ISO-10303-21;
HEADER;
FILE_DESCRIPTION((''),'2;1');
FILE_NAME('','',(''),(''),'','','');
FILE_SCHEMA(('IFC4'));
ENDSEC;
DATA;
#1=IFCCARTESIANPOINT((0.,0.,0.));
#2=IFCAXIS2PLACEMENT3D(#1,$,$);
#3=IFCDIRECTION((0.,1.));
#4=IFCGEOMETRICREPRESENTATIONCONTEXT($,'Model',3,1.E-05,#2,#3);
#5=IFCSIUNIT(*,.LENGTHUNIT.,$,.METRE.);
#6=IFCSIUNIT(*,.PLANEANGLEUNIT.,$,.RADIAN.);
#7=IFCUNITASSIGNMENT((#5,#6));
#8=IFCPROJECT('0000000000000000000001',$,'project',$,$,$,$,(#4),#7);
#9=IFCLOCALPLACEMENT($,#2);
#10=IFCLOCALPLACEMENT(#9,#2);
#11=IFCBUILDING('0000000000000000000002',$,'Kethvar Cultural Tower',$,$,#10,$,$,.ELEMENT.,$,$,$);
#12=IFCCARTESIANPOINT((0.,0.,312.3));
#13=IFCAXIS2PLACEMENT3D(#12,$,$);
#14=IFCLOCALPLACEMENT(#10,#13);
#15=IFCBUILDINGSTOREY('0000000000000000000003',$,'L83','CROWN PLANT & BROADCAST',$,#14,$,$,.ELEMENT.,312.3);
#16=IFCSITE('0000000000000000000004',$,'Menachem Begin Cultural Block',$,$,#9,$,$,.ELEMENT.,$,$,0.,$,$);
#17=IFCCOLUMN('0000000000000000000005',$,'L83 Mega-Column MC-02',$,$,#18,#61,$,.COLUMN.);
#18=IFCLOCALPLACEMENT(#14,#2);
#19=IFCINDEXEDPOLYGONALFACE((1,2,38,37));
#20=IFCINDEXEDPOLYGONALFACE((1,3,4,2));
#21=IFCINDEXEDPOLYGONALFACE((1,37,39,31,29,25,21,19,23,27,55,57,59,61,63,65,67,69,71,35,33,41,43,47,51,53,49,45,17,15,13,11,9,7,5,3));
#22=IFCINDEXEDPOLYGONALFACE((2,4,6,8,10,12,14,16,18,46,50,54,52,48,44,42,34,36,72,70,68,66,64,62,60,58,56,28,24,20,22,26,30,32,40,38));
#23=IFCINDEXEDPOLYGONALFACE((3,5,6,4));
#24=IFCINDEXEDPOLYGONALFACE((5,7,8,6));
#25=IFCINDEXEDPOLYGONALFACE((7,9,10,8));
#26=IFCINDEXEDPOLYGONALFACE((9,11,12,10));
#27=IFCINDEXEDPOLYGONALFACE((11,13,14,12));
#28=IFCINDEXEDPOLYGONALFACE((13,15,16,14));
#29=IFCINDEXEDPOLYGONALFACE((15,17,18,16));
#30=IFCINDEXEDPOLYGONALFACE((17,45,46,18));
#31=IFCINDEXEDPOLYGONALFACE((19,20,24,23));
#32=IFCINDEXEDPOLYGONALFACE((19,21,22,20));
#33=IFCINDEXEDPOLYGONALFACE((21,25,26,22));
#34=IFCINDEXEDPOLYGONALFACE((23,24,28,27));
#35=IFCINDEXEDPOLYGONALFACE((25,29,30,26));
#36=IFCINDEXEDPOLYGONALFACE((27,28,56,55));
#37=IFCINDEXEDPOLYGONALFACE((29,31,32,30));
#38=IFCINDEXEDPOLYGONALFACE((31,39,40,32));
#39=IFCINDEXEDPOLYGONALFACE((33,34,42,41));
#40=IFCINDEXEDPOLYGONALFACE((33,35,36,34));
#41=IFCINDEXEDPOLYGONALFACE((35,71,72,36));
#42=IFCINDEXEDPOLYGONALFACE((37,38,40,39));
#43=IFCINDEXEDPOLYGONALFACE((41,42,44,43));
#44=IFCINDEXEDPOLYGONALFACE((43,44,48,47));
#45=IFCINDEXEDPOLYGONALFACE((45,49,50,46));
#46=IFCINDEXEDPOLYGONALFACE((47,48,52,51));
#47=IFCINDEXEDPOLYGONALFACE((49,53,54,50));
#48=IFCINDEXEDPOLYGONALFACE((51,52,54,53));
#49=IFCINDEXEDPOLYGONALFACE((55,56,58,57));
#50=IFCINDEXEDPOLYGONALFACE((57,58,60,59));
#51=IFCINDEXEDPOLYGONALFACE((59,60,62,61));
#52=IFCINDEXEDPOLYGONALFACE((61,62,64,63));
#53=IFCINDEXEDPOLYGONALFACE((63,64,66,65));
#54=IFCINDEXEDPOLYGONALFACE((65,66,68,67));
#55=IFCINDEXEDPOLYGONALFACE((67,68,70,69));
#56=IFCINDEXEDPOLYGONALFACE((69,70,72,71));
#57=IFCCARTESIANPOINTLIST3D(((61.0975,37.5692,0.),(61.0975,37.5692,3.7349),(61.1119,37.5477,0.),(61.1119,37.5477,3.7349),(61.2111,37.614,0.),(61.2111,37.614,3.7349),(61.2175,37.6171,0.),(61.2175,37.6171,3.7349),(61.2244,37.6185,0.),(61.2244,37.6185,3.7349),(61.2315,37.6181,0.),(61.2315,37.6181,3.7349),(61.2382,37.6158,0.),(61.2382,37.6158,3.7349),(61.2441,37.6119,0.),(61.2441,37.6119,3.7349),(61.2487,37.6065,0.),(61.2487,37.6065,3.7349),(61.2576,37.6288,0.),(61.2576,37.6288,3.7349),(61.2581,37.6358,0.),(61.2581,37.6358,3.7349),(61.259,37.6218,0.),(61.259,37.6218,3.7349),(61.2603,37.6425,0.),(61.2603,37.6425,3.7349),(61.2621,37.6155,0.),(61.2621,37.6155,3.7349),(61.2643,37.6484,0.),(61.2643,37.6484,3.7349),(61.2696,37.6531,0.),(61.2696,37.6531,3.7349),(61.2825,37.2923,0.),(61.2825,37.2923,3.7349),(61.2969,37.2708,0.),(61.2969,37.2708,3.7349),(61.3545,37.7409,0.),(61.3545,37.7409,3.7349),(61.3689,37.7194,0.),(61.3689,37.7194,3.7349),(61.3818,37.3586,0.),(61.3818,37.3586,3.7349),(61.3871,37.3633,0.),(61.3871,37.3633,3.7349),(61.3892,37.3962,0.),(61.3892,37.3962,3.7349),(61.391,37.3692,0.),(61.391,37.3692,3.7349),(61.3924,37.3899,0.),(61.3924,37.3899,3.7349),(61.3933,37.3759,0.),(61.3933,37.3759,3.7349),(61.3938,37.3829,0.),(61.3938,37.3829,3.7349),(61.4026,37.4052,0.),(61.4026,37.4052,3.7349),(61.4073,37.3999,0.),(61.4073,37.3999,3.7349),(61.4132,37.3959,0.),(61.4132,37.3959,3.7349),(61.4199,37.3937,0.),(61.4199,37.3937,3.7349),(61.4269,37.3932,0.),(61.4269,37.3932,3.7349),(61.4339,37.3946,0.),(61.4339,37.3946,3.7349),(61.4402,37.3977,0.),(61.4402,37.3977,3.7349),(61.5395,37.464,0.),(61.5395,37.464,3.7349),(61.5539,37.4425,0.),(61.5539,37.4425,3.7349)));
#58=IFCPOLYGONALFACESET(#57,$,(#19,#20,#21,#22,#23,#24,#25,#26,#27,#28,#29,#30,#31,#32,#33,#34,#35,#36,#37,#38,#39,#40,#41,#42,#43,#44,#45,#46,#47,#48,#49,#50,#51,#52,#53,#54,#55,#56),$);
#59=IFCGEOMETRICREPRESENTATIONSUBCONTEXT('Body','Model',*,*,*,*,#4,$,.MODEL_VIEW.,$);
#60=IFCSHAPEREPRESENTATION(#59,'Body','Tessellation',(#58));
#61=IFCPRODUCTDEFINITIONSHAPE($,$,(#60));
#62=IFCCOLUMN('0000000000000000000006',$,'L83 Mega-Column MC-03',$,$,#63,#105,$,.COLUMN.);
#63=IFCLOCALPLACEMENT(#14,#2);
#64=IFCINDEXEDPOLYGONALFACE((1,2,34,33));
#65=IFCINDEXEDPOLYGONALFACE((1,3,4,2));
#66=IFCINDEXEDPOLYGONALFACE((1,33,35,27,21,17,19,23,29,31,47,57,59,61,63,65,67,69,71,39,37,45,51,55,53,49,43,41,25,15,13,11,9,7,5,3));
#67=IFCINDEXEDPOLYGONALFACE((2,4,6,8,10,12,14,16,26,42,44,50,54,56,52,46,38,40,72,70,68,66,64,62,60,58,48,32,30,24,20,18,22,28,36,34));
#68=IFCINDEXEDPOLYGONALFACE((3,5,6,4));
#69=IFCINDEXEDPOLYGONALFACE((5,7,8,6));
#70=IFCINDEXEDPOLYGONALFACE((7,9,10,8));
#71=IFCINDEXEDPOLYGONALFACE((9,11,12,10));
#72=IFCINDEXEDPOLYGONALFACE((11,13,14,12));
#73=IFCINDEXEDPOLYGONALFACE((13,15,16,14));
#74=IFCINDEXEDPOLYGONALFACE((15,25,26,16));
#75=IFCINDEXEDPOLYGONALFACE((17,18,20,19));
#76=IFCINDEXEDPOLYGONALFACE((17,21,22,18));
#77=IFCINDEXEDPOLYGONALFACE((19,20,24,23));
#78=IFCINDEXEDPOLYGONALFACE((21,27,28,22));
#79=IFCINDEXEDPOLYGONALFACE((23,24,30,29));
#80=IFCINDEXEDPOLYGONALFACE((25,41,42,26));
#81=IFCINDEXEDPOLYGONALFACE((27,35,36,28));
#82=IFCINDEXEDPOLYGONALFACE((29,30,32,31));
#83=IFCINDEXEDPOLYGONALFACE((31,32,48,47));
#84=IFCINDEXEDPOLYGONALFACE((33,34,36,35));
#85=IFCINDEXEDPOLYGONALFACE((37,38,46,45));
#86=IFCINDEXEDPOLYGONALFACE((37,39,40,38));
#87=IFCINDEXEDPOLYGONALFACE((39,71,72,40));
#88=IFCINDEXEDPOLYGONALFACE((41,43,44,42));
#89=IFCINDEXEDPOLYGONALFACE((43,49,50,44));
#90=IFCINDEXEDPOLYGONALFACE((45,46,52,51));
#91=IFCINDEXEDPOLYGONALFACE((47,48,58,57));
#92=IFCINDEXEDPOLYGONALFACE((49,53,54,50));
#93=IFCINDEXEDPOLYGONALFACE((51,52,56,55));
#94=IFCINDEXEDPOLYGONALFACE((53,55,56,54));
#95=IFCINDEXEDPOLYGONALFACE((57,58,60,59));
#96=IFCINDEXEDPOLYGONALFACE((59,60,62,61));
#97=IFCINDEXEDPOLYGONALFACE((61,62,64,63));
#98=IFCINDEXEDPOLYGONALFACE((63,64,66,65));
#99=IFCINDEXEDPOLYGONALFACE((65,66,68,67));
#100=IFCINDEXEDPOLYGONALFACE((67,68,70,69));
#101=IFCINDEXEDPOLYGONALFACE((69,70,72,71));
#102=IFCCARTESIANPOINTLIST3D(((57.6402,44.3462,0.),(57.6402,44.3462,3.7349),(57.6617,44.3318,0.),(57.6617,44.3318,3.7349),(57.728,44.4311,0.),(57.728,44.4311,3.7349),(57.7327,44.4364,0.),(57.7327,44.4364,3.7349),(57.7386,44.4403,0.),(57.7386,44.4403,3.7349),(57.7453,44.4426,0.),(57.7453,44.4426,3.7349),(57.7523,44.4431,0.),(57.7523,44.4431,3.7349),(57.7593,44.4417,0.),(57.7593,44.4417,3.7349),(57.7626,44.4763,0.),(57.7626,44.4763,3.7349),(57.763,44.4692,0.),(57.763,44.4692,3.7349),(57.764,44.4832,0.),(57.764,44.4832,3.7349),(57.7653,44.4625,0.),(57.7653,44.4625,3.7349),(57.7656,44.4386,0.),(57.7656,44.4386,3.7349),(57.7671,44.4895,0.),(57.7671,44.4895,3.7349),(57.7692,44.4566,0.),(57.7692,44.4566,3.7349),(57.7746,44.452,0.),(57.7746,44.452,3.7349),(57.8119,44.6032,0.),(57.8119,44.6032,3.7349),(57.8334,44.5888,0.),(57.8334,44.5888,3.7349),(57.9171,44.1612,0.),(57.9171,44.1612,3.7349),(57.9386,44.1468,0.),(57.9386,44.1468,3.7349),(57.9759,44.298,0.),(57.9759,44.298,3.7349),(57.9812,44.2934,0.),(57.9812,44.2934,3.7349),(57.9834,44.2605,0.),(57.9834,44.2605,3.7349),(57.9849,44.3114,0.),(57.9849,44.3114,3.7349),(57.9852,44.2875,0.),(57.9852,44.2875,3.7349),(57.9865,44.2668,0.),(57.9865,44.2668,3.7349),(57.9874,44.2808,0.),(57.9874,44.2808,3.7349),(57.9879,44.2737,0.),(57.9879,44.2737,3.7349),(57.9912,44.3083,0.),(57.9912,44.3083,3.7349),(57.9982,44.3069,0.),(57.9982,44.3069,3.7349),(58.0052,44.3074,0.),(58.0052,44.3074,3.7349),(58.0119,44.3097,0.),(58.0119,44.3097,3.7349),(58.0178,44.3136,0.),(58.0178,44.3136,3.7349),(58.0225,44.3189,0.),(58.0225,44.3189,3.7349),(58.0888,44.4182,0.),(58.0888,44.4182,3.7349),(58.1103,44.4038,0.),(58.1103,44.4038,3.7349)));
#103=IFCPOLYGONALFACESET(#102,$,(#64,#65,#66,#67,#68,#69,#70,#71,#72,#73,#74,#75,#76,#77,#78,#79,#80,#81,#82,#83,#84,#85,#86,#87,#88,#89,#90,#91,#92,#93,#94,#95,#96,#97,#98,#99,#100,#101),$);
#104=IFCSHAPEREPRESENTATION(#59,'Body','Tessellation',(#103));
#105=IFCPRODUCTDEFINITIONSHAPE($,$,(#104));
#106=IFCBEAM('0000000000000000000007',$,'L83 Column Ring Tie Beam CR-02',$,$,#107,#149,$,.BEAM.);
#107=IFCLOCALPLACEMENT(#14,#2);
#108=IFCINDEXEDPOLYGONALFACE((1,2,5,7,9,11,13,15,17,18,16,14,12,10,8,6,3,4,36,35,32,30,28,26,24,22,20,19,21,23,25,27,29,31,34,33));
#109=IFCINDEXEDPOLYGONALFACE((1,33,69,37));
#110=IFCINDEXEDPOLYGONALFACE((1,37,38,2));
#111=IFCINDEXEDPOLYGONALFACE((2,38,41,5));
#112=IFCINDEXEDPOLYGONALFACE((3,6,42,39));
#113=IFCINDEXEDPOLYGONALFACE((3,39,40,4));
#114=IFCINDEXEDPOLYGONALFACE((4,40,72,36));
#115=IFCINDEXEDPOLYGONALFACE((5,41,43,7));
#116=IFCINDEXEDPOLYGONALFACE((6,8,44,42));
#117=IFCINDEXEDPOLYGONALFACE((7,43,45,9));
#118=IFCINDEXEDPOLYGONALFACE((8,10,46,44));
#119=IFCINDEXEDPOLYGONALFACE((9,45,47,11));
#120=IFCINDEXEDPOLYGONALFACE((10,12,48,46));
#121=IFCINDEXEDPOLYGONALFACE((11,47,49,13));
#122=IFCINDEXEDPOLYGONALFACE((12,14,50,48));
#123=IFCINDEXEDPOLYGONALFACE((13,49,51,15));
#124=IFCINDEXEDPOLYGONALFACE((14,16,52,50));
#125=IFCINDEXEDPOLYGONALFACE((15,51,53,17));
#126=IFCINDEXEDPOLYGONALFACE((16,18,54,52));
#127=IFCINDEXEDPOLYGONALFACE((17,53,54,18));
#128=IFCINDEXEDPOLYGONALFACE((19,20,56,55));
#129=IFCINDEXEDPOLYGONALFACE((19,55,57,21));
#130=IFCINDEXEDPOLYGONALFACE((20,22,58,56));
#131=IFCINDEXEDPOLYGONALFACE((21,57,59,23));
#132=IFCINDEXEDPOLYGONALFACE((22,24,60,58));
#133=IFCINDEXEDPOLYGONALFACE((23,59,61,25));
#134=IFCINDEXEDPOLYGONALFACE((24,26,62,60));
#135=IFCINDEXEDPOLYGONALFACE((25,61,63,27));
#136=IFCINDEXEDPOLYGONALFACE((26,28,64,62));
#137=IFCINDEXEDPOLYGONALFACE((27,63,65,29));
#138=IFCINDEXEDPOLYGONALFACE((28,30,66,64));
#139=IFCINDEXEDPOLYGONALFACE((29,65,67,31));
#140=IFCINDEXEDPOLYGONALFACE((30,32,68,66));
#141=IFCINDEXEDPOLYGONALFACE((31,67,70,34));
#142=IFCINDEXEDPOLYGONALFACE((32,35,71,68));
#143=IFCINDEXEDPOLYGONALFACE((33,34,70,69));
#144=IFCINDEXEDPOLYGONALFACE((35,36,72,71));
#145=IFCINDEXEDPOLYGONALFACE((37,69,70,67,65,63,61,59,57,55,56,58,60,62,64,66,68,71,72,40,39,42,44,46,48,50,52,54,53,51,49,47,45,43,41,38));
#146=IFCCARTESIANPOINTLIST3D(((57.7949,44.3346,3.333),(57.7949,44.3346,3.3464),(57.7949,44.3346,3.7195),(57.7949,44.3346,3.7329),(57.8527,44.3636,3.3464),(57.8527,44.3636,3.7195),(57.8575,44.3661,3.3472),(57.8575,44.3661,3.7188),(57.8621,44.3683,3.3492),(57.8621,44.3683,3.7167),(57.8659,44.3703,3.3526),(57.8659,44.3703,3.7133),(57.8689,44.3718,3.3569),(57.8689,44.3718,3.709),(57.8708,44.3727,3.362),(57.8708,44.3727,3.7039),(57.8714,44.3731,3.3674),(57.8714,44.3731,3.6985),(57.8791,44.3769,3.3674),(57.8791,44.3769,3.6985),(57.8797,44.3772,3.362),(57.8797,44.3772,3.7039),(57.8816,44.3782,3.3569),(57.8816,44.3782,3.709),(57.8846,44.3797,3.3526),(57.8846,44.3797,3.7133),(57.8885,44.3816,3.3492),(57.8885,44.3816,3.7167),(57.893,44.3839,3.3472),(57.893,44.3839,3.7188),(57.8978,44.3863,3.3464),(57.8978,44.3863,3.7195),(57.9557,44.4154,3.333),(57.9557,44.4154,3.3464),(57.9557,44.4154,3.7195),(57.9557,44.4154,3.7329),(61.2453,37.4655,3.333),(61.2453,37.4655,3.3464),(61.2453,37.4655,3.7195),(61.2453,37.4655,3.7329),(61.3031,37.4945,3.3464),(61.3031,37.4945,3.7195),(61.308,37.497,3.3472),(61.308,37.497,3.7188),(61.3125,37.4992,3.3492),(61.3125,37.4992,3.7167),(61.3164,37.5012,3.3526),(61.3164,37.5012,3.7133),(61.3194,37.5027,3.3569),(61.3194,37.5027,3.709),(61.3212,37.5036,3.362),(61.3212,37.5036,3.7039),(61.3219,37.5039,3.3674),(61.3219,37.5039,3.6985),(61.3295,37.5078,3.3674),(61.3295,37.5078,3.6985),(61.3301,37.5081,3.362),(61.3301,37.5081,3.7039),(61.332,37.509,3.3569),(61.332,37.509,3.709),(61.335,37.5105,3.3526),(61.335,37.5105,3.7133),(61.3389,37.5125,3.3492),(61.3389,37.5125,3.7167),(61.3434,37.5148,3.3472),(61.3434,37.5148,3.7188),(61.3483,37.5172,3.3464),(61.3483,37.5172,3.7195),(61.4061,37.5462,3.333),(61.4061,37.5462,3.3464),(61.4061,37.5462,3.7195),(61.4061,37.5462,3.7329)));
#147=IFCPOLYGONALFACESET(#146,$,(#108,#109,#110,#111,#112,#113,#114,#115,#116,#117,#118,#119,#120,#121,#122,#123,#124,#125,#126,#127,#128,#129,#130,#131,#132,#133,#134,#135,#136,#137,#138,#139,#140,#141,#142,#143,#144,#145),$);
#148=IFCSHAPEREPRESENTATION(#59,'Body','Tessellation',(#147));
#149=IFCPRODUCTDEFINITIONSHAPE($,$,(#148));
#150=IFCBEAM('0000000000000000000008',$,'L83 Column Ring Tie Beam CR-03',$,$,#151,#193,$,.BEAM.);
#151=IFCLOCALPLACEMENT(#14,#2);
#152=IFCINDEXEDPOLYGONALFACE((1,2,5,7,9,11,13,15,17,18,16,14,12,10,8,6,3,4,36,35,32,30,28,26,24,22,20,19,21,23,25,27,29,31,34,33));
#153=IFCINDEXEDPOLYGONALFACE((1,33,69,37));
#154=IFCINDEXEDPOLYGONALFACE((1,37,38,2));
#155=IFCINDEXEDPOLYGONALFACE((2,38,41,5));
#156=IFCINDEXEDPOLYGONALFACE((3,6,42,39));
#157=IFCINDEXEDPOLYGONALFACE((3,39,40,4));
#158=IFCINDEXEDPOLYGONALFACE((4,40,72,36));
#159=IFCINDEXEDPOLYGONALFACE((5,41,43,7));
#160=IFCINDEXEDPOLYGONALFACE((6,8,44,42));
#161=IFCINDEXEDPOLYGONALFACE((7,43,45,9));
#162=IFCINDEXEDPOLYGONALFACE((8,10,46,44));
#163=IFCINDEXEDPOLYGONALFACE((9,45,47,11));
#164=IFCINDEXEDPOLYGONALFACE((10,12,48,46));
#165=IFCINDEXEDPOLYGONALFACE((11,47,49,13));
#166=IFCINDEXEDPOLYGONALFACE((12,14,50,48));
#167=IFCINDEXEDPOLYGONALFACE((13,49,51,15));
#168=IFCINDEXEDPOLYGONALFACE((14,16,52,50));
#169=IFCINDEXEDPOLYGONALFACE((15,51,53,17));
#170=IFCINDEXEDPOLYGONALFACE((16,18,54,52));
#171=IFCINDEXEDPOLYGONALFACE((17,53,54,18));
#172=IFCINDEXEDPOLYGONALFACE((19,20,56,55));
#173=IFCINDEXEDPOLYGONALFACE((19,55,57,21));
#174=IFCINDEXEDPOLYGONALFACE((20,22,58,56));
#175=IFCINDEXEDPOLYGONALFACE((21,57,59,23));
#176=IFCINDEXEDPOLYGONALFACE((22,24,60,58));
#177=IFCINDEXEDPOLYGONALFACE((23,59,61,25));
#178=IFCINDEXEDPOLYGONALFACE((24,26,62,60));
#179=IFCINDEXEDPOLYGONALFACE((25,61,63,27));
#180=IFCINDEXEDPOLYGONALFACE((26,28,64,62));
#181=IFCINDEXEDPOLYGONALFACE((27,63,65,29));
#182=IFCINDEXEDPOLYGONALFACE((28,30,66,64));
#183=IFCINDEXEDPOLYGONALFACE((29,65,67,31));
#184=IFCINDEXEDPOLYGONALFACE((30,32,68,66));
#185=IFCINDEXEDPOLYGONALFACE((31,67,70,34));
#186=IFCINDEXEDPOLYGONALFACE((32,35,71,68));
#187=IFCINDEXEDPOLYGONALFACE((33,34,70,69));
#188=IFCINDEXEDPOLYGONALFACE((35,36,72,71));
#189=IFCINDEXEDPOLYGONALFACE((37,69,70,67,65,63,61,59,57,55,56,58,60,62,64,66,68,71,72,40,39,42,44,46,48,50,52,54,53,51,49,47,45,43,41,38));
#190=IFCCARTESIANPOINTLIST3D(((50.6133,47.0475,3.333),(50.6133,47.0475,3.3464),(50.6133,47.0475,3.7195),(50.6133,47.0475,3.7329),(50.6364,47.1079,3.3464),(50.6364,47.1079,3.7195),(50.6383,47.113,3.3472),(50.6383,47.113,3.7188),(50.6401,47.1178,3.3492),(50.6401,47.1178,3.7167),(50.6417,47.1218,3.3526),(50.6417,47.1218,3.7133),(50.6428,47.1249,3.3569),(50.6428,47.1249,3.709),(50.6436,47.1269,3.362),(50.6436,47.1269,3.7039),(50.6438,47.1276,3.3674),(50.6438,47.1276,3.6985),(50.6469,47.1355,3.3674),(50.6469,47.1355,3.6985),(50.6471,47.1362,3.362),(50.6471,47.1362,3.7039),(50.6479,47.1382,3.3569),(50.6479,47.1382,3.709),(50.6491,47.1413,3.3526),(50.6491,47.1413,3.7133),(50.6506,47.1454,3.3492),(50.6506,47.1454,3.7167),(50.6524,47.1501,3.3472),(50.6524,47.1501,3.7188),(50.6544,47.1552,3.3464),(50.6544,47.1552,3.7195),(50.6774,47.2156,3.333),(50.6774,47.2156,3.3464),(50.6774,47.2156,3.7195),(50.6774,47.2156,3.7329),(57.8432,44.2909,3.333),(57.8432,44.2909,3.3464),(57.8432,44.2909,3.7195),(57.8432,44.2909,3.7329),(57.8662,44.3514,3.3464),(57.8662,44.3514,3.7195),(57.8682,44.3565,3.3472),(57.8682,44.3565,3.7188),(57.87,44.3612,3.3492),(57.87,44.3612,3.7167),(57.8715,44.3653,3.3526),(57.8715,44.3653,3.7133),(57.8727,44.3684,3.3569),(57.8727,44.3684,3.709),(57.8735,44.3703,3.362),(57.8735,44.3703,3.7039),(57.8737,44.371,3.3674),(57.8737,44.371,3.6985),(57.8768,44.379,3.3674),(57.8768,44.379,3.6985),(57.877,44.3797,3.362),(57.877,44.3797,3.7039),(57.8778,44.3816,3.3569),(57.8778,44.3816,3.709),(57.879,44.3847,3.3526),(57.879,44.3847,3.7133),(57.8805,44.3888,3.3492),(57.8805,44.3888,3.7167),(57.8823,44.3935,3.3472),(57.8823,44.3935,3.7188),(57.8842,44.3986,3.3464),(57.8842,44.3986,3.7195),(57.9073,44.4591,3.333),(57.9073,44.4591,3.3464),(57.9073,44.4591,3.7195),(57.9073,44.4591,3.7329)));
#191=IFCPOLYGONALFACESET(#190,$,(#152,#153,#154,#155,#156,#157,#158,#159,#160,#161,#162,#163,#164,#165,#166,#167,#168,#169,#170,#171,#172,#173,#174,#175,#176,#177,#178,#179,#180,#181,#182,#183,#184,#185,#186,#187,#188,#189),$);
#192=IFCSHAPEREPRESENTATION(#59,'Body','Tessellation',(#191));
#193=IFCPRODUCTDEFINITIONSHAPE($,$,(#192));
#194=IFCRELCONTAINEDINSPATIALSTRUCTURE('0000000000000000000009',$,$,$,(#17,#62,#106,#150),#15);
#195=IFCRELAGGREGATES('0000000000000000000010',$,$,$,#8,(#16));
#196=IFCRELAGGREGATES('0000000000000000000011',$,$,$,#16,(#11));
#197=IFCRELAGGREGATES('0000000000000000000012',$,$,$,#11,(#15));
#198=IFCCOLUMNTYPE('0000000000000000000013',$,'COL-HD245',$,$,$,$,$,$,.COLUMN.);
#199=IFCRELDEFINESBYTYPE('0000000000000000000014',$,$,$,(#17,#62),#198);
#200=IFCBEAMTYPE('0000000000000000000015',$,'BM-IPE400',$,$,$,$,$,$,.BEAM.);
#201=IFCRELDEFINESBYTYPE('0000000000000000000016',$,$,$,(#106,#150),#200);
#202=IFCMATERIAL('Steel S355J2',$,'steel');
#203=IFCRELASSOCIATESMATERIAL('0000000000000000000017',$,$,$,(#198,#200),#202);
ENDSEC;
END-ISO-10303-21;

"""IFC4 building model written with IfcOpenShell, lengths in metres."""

from ifc_helpers import new_model, si_unit, direction, frame, origin, origin_2d, place, context, subcontext, project, spatial, i_section, extrude, source, transform, mapped, material, material_profile, profile_set, type_object, element, save


model = new_model("IFC4")

# Units and contexts
model_context = context("Model", 3, precision=1e-05, world=origin(), true_north=direction((0.0, 1.0)))
body_context = subcontext(model_context, "Body", "Model", "MODEL_VIEW")
ifc_project = project(units=[si_unit("LENGTHUNIT", "METRE"), si_unit("PLANEANGLEUNIT", "RADIAN")], contexts=[model_context])

# Site, building, storey
site_placement = place(None, origin())
site = spatial("IfcSite", under=ifc_project, at=site_placement, Name="Menachem Begin Cultural Block", CompositionType="ELEMENT", RefElevation=0.0)
building_placement = place(site_placement, origin())
building = spatial("IfcBuilding", under=site, at=building_placement, Name="Kethvar Cultural Tower", CompositionType="ELEMENT")
storey_placement = place(building_placement, frame((0.0, 0.0, 312.3)))
storey = spatial("IfcBuildingStorey", under=building, at=storey_placement, Name="L83", Description="CROWN PLANT & BROADCAST", CompositionType="ELEMENT", Elevation=312.3)

# Columns
ifc_material_1 = material(Name="Steel S355J2", Category="steel")
ifc_material_profile_1 = material_profile(ifc_material_1, i_section(OverallWidth=0.3091, OverallDepth=0.3589, WebThickness=0.0161, FlangeThickness=0.0259, FilletRadius=0.0271, at=origin_2d()), Name="Steel S355J2 — HD320x245")
ifc_profile_set_1 = profile_set([ifc_material_profile_1], Name="Steel S355J2 — HD320x245")
column_type = type_object("IfcColumnType", Name="COL-HD245", PredefinedType="COLUMN", material=ifc_profile_set_1)
shared_shape_1 = source(origin(), body_context, "Body", "SweptSolid", [
    extrude(i_section(OverallWidth=0.3091, OverallDepth=0.3589, WebThickness=0.0161, FlangeThickness=0.0259, FilletRadius=0.0271, at=origin_2d()), origin(), (0.0, 0.0, 1.0), 3.7349),
])
for number, where, z_axis, x_axis, name in (
    (1, (61.3257, 37.5059, 0.0), (0.0, 0.0, 1.0), (0.83147, 0.55557, 0.0), "L83 Mega-Column MC-02"),
    (2, (57.8752, 44.375, 0.0), (0.0, 0.0, 1.0), (0.55557, 0.83147, 0.0), "L83 Mega-Column MC-03"),
):
    element("IfcColumn", number, at=place(storey_placement, frame(where, z_axis=z_axis, x_axis=x_axis)), inside=storey, type_object=column_type, Name=name, PredefinedType="COLUMN", context=body_context, shape_type="MappedRepresentation", body=[
        mapped(shared_shape_1, transform((0.0, 0.0, 0.0), scale=1.0)),
    ])

# Beams
ifc_material_profile_2 = material_profile(ifc_material_1, i_section(OverallWidth=0.1799, OverallDepth=0.3999, WebThickness=0.0085, FlangeThickness=0.0134, FilletRadius=0.021, at=origin_2d()), Name="Steel S355J2 — IPE400")
ifc_profile_set_2 = profile_set([ifc_material_profile_2], Name="Steel S355J2 — IPE400")
beam_type_1 = type_object("IfcBeamType", Name="BM-IPE400", PredefinedType="BEAM", material=ifc_profile_set_2)
shared_shape_2 = source(origin(), body_context, "Body", "SweptSolid", [
    extrude(i_section(OverallWidth=0.1799, OverallDepth=0.3999, WebThickness=0.0085, FlangeThickness=0.0134, FilletRadius=0.021, at=origin_2d()), origin(), (0.0, 0.0, 1.0), 7.687),
])
beam_1_placement = place(storey_placement, frame((61.3257, 37.5059, 3.533), z_axis=(-0.448864, 0.8936, 0.0), x_axis=(-0.8936, -0.448864, 0.0)))
element("IfcBeam", 3, at=beam_1_placement, inside=storey, type_object=beam_type_1, Name="L83 Column Ring Tie Beam CR-02", PredefinedType="BEAM", context=body_context, shape_type="MappedRepresentation", body=[
    mapped(shared_shape_2, transform((0.0, 0.0, 0.0), scale=1.0)),
])
shared_shape_3 = source(origin(), body_context, "Body", "SweptSolid", [
    extrude(i_section(OverallWidth=0.1799, OverallDepth=0.3999, WebThickness=0.0085, FlangeThickness=0.0134, FilletRadius=0.021, at=origin_2d()), origin(), (0.0, 0.0, 1.0), 7.7375),
])
beam_2_placement = place(storey_placement, frame((57.8752, 44.375, 3.533), z_axis=(-0.934388, 0.356256, 0.0), x_axis=(-0.356256, -0.934388, 0.0)))
element("IfcBeam", 4, at=beam_2_placement, inside=storey, type_object=beam_type_1, Name="L83 Column Ring Tie Beam CR-03", PredefinedType="BEAM", context=body_context, shape_type="MappedRepresentation", body=[
    mapped(shared_shape_3, transform((0.0, 0.0, 0.0), scale=1.0)),
])

save(model, "model.ifc")
